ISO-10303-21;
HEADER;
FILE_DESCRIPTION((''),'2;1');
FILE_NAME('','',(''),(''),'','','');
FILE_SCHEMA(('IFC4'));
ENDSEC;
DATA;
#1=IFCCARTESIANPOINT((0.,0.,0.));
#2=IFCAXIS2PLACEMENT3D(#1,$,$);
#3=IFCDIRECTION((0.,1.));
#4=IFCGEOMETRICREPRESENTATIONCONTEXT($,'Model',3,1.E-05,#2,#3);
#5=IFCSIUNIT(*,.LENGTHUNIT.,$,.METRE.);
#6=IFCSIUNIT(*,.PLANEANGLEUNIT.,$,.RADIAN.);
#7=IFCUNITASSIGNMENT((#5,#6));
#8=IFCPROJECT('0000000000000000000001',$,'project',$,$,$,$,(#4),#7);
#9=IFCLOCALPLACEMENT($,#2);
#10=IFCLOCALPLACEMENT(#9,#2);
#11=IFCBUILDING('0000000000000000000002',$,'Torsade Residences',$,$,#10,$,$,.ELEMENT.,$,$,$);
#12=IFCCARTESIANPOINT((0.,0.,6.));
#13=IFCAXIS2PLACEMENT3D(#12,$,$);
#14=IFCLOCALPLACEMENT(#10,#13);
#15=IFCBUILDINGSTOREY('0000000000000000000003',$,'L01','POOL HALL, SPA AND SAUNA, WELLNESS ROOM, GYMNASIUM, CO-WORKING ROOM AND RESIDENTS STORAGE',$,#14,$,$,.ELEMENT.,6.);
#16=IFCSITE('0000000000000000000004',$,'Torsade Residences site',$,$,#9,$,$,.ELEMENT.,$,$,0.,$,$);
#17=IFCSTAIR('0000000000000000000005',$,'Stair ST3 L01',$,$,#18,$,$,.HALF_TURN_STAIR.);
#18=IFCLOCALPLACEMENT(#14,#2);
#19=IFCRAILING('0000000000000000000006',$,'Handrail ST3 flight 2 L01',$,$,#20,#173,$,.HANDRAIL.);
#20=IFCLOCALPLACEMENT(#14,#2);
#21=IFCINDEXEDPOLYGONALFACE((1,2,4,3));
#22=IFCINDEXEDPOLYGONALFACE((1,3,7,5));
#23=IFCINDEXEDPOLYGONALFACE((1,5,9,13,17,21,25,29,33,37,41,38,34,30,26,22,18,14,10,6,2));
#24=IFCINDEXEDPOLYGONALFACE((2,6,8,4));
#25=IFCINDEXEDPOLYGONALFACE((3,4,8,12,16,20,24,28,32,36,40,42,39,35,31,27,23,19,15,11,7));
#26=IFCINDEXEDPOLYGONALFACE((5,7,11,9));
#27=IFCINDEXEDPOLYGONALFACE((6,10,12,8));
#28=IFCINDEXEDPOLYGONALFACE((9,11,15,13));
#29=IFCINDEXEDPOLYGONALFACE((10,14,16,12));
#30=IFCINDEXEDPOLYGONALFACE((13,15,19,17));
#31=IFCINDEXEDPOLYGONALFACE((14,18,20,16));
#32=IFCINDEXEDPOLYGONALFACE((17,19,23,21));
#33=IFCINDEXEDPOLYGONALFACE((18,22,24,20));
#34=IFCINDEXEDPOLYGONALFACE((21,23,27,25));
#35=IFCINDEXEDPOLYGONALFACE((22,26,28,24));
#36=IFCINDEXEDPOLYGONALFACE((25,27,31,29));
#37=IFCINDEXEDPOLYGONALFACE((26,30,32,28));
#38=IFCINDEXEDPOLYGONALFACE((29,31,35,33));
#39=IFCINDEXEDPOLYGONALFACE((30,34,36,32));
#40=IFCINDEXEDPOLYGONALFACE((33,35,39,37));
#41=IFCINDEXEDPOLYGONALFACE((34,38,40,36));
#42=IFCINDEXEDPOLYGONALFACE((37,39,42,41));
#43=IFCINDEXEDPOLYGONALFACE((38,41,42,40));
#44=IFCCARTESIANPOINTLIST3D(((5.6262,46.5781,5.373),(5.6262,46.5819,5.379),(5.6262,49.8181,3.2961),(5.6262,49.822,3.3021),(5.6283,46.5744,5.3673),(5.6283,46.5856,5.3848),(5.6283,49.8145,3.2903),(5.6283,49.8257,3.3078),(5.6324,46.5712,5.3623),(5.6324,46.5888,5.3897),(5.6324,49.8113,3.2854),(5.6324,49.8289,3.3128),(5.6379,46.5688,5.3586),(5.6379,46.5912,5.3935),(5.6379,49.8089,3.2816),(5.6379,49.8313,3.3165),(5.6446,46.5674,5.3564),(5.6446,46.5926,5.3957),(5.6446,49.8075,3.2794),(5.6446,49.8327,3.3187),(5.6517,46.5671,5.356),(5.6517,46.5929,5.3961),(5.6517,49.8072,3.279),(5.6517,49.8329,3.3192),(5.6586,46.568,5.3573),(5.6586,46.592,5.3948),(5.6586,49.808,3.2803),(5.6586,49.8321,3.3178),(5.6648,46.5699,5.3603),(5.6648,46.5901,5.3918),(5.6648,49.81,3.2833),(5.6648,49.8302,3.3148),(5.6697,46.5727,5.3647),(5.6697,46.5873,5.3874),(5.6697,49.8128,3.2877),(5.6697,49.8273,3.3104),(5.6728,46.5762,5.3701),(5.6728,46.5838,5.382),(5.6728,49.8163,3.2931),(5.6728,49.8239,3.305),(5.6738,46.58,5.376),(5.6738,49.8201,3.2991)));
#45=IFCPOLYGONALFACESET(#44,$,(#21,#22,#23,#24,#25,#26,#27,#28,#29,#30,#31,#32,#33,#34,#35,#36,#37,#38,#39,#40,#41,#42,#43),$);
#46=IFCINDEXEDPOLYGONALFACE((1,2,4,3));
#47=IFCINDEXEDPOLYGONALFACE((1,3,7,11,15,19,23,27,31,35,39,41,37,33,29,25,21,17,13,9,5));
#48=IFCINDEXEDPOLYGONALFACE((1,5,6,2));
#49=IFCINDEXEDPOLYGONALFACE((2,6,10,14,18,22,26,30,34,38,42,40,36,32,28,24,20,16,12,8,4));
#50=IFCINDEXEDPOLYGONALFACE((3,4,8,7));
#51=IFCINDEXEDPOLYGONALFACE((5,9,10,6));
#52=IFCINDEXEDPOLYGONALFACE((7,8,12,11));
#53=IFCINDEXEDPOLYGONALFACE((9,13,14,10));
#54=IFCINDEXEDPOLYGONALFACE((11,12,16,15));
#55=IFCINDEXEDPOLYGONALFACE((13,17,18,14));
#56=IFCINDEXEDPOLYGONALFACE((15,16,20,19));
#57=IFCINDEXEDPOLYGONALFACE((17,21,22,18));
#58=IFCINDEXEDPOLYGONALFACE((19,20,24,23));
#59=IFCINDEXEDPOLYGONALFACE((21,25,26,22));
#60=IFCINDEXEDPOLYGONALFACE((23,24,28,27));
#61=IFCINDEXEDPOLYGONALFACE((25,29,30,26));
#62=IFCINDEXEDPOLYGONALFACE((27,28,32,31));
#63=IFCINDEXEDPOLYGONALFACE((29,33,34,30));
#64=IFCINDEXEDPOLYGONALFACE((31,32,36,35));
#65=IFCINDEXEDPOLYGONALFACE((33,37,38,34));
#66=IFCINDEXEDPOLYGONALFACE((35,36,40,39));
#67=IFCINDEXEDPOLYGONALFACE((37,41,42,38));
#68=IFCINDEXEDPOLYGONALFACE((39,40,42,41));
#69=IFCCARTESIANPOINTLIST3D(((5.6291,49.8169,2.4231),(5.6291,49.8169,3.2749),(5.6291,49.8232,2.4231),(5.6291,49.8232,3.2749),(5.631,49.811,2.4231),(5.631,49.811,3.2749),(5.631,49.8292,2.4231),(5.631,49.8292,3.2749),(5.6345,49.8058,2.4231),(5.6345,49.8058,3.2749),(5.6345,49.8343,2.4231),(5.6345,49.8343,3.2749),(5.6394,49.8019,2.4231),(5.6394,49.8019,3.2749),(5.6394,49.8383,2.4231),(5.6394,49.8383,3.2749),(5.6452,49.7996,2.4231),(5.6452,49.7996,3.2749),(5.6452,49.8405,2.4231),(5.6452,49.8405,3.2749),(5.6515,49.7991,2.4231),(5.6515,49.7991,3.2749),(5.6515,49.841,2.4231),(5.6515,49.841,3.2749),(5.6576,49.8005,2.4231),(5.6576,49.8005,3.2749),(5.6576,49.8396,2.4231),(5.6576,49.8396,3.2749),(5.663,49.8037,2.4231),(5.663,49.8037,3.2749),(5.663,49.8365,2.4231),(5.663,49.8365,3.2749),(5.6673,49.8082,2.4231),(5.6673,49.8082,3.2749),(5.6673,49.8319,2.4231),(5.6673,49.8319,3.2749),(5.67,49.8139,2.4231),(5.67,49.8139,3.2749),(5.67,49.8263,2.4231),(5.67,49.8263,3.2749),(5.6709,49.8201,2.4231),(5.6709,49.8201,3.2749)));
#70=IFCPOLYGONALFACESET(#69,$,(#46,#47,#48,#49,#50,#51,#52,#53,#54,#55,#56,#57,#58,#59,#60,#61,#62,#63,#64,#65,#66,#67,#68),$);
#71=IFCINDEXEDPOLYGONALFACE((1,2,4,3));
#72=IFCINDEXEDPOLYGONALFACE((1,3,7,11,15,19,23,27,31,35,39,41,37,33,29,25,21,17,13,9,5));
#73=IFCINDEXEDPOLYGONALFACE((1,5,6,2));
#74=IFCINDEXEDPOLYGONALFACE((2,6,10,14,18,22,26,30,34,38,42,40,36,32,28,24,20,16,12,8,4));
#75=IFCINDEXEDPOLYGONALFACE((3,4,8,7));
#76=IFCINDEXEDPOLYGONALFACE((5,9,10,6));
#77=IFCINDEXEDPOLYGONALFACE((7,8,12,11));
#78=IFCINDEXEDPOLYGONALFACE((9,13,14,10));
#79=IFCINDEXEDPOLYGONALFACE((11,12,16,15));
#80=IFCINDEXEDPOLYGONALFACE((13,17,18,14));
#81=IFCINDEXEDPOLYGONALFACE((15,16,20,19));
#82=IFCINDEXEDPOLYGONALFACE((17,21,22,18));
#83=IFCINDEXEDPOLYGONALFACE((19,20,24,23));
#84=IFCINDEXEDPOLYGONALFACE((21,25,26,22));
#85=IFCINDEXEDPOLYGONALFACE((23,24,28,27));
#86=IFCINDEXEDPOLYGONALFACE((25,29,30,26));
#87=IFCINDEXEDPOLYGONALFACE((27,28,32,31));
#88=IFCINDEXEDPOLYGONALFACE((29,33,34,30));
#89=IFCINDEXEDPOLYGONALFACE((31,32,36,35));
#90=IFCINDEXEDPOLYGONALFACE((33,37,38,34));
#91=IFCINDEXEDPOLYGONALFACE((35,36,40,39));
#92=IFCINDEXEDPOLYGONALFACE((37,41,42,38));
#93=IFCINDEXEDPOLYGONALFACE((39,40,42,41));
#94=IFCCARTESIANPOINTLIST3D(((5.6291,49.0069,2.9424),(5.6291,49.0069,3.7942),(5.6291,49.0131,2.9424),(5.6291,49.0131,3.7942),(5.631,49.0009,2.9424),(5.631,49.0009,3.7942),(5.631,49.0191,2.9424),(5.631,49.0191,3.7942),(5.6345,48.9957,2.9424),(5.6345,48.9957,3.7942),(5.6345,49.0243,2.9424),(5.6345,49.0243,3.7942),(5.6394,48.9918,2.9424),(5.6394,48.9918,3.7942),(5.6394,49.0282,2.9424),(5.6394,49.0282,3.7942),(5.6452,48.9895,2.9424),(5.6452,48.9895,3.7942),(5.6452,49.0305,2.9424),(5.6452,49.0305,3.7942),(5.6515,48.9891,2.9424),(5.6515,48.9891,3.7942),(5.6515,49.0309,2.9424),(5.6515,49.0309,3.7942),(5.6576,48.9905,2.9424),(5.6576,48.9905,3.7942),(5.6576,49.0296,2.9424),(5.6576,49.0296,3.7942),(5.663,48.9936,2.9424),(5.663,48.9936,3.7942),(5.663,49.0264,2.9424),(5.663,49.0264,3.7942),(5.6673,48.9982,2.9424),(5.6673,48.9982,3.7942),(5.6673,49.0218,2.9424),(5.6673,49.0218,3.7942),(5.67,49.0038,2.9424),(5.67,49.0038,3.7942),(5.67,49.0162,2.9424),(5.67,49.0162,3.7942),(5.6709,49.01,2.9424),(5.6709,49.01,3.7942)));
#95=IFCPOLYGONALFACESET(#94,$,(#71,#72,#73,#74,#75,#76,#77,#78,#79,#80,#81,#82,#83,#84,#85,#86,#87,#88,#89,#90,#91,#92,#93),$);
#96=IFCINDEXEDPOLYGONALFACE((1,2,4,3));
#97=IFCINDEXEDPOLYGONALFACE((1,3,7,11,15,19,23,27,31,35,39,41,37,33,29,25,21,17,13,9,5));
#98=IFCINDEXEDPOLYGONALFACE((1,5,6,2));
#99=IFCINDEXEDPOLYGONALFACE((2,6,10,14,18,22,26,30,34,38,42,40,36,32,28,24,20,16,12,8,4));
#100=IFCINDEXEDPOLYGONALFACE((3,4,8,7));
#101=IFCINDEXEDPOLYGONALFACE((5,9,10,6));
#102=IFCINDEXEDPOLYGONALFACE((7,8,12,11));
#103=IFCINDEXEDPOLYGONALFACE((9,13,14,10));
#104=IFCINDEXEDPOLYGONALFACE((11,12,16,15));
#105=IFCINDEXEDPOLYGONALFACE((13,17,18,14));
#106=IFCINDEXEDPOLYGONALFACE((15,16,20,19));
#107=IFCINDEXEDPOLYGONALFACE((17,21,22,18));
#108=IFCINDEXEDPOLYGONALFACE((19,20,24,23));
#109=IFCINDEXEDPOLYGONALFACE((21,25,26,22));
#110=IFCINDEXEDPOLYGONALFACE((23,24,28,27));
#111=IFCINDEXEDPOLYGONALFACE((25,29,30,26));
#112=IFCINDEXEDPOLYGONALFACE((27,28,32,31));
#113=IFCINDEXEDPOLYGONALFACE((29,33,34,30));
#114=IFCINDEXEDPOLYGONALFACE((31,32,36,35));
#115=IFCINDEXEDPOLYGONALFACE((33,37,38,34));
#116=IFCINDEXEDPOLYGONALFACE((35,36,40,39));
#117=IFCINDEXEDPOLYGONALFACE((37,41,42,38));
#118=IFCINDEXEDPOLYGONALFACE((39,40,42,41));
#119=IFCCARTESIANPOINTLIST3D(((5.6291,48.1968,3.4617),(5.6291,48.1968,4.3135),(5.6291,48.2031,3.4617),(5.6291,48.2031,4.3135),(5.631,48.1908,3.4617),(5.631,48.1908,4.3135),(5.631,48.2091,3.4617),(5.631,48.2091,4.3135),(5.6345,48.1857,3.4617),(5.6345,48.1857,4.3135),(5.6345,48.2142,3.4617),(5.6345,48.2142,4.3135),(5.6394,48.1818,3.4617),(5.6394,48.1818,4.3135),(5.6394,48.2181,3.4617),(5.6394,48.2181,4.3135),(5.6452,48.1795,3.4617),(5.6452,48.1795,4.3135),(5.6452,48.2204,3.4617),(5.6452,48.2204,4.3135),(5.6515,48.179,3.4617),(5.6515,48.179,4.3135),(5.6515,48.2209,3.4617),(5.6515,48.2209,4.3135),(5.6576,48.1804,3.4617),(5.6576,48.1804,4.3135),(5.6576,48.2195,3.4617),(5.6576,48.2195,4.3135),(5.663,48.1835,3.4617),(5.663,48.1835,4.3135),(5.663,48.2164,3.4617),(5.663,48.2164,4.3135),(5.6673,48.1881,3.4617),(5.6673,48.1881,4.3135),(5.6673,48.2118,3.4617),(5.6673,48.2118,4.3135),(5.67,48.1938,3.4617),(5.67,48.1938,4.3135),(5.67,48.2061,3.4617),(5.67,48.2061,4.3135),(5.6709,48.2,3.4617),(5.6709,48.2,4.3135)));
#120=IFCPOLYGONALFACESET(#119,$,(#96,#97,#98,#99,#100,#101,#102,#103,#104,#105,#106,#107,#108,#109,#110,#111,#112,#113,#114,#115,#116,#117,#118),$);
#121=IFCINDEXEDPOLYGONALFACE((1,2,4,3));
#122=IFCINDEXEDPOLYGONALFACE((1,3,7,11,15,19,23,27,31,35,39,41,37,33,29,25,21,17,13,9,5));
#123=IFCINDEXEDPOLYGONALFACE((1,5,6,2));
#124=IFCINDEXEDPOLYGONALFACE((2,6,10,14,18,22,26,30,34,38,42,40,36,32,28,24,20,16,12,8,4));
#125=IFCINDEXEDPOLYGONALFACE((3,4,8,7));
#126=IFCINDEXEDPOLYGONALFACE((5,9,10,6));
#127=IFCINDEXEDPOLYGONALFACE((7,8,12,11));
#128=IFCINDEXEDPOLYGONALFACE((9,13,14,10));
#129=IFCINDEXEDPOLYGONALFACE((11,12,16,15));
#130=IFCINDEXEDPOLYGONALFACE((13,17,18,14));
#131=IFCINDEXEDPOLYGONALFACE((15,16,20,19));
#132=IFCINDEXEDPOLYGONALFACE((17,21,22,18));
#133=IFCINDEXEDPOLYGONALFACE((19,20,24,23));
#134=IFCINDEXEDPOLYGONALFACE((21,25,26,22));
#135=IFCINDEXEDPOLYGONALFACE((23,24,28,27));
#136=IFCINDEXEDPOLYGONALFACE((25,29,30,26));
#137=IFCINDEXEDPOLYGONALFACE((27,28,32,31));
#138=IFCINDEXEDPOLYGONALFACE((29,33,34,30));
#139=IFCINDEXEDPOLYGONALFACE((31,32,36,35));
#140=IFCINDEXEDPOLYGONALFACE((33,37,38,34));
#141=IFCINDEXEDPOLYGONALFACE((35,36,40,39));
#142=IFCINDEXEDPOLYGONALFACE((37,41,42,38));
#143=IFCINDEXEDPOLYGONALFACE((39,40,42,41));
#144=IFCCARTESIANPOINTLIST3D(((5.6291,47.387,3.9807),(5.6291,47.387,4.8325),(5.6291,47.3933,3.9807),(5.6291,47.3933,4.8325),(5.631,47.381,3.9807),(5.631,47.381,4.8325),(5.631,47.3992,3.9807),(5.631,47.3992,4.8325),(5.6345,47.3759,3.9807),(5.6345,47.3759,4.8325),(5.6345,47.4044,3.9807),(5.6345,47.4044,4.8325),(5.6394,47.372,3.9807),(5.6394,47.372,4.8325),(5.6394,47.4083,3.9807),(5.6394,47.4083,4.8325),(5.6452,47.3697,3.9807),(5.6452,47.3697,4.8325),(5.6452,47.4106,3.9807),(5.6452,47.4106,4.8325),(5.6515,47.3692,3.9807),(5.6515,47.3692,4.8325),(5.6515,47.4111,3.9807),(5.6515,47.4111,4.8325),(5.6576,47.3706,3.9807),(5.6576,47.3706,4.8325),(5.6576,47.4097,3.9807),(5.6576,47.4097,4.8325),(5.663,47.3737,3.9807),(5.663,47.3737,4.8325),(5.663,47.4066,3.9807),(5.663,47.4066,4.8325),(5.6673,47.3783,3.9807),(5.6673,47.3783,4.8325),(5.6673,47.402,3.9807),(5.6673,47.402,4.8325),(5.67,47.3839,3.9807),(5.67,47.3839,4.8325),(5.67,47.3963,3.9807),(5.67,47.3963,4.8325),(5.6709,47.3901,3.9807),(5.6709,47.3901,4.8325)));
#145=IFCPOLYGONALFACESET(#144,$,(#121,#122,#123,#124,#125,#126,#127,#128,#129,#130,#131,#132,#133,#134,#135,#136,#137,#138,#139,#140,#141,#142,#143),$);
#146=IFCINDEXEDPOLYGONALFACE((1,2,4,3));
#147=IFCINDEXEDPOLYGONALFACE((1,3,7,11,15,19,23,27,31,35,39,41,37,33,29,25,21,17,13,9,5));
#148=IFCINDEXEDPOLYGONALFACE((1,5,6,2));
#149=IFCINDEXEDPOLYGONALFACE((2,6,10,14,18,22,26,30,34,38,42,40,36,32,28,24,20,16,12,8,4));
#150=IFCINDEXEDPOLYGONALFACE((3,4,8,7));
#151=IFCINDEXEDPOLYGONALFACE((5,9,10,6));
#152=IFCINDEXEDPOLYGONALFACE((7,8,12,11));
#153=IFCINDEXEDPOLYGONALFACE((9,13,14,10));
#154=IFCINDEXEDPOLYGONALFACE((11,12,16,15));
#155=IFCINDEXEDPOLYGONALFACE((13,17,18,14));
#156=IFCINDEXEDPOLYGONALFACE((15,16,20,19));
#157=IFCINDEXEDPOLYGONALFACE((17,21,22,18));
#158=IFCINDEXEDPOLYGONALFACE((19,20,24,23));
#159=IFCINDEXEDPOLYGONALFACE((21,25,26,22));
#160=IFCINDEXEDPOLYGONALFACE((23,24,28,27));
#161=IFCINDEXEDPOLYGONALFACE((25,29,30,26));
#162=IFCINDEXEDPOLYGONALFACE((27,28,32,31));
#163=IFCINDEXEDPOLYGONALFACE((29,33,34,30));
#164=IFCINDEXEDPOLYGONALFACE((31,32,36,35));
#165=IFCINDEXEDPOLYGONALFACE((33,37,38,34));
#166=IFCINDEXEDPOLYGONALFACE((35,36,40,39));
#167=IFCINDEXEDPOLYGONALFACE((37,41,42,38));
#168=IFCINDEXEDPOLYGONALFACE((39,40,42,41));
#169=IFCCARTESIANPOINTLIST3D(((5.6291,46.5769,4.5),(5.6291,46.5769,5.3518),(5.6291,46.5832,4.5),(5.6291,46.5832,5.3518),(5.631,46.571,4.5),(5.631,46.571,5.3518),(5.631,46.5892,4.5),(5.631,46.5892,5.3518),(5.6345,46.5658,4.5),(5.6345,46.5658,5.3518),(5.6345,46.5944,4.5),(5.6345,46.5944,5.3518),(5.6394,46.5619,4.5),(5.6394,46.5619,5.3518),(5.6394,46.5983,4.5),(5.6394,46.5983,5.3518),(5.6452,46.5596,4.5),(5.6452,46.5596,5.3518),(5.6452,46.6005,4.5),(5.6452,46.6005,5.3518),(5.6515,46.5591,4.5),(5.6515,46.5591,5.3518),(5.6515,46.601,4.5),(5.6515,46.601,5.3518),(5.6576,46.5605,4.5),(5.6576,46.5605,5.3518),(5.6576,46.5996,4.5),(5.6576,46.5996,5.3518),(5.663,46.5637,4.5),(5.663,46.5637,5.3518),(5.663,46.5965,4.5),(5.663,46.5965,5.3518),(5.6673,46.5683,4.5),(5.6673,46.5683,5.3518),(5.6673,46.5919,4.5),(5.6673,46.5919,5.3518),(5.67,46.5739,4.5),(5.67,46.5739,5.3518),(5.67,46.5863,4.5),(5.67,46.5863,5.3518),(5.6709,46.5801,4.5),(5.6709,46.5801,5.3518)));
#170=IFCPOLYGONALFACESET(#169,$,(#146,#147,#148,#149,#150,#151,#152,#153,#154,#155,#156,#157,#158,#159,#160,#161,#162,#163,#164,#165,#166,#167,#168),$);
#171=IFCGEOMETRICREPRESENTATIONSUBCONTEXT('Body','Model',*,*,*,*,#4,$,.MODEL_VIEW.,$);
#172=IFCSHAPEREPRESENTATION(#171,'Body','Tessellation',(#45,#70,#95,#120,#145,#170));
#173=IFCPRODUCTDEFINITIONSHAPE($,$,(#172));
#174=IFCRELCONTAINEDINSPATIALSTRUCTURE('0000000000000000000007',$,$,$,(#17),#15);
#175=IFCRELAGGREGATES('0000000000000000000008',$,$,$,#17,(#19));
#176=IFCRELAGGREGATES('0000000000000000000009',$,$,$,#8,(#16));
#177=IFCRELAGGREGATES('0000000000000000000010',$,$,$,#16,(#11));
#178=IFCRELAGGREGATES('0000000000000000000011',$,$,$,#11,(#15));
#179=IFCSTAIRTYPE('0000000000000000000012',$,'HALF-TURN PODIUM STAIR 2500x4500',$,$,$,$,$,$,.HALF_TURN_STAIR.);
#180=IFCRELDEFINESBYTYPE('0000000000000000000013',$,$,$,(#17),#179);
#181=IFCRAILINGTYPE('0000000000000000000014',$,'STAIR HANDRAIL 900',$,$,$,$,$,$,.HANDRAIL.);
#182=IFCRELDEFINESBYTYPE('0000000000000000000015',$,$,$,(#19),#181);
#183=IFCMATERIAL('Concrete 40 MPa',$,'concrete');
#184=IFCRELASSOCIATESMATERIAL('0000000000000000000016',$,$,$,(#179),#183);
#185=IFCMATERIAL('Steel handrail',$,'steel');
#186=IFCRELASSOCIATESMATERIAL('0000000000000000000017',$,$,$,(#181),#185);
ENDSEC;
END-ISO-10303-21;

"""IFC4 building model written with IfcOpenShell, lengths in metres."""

from ifc_helpers import new_model, si_unit, direction, frame, origin, origin_2d, place, context, subcontext, project, spatial, circle, extrude, material, type_object, element, aggregate, save


model = new_model("IFC4")

# Units and contexts
model_context = context("Model", 3, precision=1e-05, world=origin(), true_north=direction((0.0, 1.0)))
body_context = subcontext(model_context, "Body", "Model", "MODEL_VIEW")
ifc_project = project(units=[si_unit("LENGTHUNIT", "METRE"), si_unit("PLANEANGLEUNIT", "RADIAN")], contexts=[model_context])

# Site, building, storey
site_placement = place(None, origin())
site = spatial("IfcSite", under=ifc_project, at=site_placement, Name="Torsade Residences site", CompositionType="ELEMENT", RefElevation=0.0)
building_placement = place(site_placement, origin())
building = spatial("IfcBuilding", under=site, at=building_placement, Name="Torsade Residences", CompositionType="ELEMENT")
storey_placement = place(building_placement, frame((0.0, 0.0, 6.0)))
storey = spatial("IfcBuildingStorey", under=building, at=storey_placement, Name="L01", Description="POOL HALL, SPA AND SAUNA, WELLNESS ROOM, GYMNASIUM, CO-WORKING ROOM AND RESIDENTS STORAGE", CompositionType="ELEMENT", Elevation=6.0)

# Stair, railing
ifc_material_1 = material(Name="Concrete 40 MPa", Category="concrete")
stair_type = type_object("IfcStairType", Name="HALF-TURN PODIUM STAIR 2500x4500", PredefinedType="HALF_TURN_STAIR", material=ifc_material_1)
stair_placement = place(storey_placement, origin())
stair = element("IfcStair", 1, at=stair_placement, inside=storey, type_object=stair_type, Name="Stair ST3 L01", PredefinedType="HALF_TURN_STAIR")
ifc_material_2 = material(Name="Steel handrail", Category="steel")
railing_type = type_object("IfcRailingType", Name="STAIR HANDRAIL 900", PredefinedType="HANDRAIL", material=ifc_material_2)
railing_1_placement = place(storey_placement, frame((5.6499, 49.8201, 2.4231)))
railing_1 = element("IfcRailing", 2, at=railing_1_placement, type_object=railing_type, Name="Handrail ST3 flight 2 L01", PredefinedType="HANDRAIL", context=body_context, shape_type="SweptSolid", body=[
    extrude(circle(Radius=0.0239, at=origin_2d()), frame((0.0, 0.0, 0.876), z_axis=(0.0, -0.841881, 0.539664), x_axis=(1.0, 0.0, 0.0)), (0.0, 0.0, 1.0), 3.8486),
    extrude(circle(Radius=0.021, at=origin_2d()), origin(), (0.0, 0.0, 1.0), 0.8518),
    extrude(circle(Radius=0.021, at=origin_2d()), frame((0.0, -0.8101, 0.5193)), (0.0, 0.0, 1.0), 0.8518),
    extrude(circle(Radius=0.021, at=origin_2d()), frame((0.0, -1.6201, 1.0386)), (0.0, 0.0, 1.0), 0.8518),
    extrude(circle(Radius=0.021, at=origin_2d()), frame((0.0, -2.4299, 1.5576)), (0.0, 0.0, 1.0), 0.8518),
    extrude(circle(Radius=0.021, at=origin_2d()), frame((0.0, -3.24, 2.0769)), (0.0, 0.0, 1.0), 0.8518),
])
aggregate(stair, [railing_1])

save(model, "model.ifc")
